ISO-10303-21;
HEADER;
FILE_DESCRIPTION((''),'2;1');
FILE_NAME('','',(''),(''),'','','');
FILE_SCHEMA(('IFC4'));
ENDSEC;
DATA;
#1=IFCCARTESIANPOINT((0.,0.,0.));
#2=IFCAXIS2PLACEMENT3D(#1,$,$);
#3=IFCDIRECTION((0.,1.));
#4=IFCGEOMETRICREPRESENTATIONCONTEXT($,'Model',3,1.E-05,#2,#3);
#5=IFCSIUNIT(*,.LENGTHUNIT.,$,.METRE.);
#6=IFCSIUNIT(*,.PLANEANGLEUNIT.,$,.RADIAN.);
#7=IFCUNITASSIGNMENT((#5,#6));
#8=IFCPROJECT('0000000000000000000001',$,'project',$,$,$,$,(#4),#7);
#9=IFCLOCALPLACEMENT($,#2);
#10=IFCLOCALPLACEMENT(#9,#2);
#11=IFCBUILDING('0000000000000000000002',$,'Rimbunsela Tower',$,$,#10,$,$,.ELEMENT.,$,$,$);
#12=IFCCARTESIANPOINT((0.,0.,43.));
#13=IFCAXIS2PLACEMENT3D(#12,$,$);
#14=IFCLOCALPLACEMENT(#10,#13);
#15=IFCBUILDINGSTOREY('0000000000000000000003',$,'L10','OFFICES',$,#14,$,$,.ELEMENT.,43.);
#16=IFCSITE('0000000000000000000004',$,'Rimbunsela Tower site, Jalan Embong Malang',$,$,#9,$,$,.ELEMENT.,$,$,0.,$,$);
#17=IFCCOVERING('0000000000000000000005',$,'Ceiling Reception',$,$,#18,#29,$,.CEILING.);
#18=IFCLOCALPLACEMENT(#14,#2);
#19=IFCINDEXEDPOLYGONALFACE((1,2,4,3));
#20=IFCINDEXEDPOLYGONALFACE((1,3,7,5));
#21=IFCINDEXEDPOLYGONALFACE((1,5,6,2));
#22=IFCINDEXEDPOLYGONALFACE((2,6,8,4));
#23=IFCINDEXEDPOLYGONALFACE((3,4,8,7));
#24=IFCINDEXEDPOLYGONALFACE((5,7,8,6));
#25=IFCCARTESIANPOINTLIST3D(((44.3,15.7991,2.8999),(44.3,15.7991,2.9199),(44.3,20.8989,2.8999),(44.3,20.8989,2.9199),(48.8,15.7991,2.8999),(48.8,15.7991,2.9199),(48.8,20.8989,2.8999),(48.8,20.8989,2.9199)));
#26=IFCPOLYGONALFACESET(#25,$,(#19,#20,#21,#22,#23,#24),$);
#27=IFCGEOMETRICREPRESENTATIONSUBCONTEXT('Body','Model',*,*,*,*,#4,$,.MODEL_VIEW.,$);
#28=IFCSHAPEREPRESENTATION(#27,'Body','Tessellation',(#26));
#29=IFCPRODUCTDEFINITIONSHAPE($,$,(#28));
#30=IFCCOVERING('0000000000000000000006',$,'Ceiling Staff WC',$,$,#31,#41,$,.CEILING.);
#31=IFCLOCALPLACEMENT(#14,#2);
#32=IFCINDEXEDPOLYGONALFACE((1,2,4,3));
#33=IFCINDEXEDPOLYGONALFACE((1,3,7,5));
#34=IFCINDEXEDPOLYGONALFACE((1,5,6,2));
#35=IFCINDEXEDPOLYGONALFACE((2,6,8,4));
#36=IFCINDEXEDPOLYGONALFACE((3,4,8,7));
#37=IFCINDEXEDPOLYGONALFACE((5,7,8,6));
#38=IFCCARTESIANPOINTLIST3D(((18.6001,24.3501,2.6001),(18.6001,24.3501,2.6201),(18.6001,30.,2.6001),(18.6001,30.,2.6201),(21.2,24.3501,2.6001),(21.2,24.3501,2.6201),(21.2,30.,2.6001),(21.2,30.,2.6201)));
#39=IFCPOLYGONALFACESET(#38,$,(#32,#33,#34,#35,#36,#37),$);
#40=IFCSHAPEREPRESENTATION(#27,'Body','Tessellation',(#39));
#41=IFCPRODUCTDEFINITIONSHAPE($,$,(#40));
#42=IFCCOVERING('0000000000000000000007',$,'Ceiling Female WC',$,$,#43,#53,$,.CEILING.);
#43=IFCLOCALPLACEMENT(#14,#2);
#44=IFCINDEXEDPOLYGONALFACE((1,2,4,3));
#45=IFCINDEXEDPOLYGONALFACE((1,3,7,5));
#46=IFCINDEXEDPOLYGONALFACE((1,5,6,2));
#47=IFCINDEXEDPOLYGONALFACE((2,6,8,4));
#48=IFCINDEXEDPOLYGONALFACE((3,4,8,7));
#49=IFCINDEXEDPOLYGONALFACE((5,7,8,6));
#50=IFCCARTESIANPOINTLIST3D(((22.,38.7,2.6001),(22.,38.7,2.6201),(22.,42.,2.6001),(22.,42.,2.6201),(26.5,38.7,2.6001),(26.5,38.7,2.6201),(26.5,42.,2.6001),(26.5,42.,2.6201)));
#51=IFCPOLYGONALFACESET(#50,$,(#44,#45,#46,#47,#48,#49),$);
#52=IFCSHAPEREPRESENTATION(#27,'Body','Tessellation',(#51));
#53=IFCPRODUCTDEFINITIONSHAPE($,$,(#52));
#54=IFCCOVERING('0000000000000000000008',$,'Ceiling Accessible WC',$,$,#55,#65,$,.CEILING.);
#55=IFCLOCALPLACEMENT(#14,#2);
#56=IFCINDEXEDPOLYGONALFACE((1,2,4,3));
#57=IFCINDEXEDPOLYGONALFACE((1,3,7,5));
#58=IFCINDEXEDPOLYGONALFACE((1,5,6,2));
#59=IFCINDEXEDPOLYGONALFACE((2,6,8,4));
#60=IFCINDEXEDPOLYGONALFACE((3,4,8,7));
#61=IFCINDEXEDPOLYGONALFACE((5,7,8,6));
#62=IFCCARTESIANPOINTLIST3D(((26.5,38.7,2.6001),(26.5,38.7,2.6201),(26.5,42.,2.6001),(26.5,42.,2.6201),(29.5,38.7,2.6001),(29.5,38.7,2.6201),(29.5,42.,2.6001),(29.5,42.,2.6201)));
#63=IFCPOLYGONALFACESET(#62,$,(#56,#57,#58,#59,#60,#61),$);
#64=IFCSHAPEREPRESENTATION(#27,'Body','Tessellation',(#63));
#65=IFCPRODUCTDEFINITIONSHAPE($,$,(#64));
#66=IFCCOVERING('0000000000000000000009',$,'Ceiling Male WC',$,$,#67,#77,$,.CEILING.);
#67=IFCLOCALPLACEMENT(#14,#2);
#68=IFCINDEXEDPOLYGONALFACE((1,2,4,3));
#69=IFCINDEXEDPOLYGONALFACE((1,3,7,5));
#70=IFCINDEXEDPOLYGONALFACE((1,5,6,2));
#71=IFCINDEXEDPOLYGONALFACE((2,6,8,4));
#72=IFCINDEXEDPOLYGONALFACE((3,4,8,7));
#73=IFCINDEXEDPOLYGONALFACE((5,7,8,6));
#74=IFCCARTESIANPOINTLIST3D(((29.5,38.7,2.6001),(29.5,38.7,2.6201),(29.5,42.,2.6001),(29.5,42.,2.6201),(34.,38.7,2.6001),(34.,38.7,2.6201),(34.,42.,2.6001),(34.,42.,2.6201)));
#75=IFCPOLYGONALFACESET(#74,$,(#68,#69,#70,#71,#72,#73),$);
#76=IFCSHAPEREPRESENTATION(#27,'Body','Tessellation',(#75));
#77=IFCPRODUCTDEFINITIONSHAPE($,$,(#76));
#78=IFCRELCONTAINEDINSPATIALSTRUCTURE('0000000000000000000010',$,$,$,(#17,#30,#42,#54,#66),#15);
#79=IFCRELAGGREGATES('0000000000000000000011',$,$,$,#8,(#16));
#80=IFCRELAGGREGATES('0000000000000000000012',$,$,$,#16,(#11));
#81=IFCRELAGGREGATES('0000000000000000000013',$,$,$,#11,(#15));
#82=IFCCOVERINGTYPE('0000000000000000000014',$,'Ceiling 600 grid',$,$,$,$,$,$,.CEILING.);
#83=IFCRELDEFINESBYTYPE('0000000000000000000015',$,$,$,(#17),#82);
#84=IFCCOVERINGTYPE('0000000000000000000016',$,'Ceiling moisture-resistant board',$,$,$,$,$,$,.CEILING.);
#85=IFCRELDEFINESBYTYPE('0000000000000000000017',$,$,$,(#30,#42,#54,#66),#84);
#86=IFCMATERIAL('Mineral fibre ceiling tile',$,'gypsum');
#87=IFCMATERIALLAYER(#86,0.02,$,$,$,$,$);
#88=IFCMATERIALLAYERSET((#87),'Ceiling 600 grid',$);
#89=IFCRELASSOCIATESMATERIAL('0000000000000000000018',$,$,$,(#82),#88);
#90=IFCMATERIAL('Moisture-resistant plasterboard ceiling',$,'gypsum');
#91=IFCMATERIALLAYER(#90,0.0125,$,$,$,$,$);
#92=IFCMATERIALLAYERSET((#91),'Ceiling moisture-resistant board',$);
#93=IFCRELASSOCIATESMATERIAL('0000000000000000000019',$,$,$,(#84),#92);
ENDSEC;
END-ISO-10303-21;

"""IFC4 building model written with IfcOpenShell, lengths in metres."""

from ifc_helpers import new_model, si_unit, direction, frame, origin, place, context, subcontext, project, spatial, polyline, outline, extrude, material, layer, layer_set, type_object, element, save


model = new_model("IFC4")

# Units and contexts
model_context = context("Model", 3, precision=1e-05, world=origin(), true_north=direction((0.0, 1.0)))
body_context = subcontext(model_context, "Body", "Model", "MODEL_VIEW")
ifc_project = project(units=[si_unit("LENGTHUNIT", "METRE"), si_unit("PLANEANGLEUNIT", "RADIAN")], contexts=[model_context])

# Site, building, storey
site_placement = place(None, origin())
site = spatial("IfcSite", under=ifc_project, at=site_placement, Name="Rimbunsela Tower site, Jalan Embong Malang", CompositionType="ELEMENT", RefElevation=0.0)
building_placement = place(site_placement, origin())
building = spatial("IfcBuilding", under=site, at=building_placement, Name="Rimbunsela Tower", CompositionType="ELEMENT")
storey_placement = place(building_placement, frame((0.0, 0.0, 43.0)))
storey = spatial("IfcBuildingStorey", under=building, at=storey_placement, Name="L10", Description="OFFICES", CompositionType="ELEMENT", Elevation=43.0)

# Coverings
ifc_material_1 = material(Name="Mineral fibre ceiling tile", Category="gypsum")
ifc_layer_1 = layer(ifc_material_1, 0.02)
ifc_layer_set_1 = layer_set([ifc_layer_1], Name="Ceiling 600 grid")
covering_type_1 = type_object("IfcCoveringType", Name="Ceiling 600 grid", PredefinedType="CEILING", material=ifc_layer_set_1)
covering_1_placement = place(storey_placement, frame((0.0, 0.0, 2.8999)))
element("IfcCovering", 1, at=covering_1_placement, inside=storey, type_object=covering_type_1, Name="Ceiling Reception", PredefinedType="CEILING", context=body_context, shape_type="SweptSolid", body=[
    extrude(outline(polyline([(48.8, 15.7991), (48.8, 20.8989), (44.3, 20.8989), (44.3, 15.7991), (48.8, 15.7991)])), origin(), (0.0, 0.0, 1.0), 0.02),
])
ifc_material_2 = material(Name="Moisture-resistant plasterboard ceiling", Category="gypsum")
ifc_layer_2 = layer(ifc_material_2, 0.0125)
ifc_layer_set_2 = layer_set([ifc_layer_2], Name="Ceiling moisture-resistant board")
covering_type_2 = type_object("IfcCoveringType", Name="Ceiling moisture-resistant board", PredefinedType="CEILING", material=ifc_layer_set_2)
covering_2_placement = place(storey_placement, frame((0.0, 0.0, 2.6001)))
element("IfcCovering", 2, at=covering_2_placement, inside=storey, type_object=covering_type_2, Name="Ceiling Staff WC", PredefinedType="CEILING", context=body_context, shape_type="SweptSolid", body=[
    extrude(outline(polyline([(21.2, 24.3501), (21.2, 30.0), (18.6001, 30.0), (18.6001, 24.3501), (21.2, 24.3501)])), origin(), (0.0, 0.0, 1.0), 0.02),
])
covering_3_placement = place(storey_placement, frame((0.0, 0.0, 2.6001)))
element("IfcCovering", 3, at=covering_3_placement, inside=storey, type_object=covering_type_2, Name="Ceiling Female WC", PredefinedType="CEILING", context=body_context, shape_type="SweptSolid", body=[
    extrude(outline(polyline([(26.5, 38.7), (26.5, 42.0), (22.0, 42.0), (22.0, 38.7), (26.5, 38.7)])), origin(), (0.0, 0.0, 1.0), 0.02),
])
covering_4_placement = place(storey_placement, frame((0.0, 0.0, 2.6001)))
element("IfcCovering", 4, at=covering_4_placement, inside=storey, type_object=covering_type_2, Name="Ceiling Accessible WC", PredefinedType="CEILING", context=body_context, shape_type="SweptSolid", body=[
    extrude(outline(polyline([(29.5, 38.7), (29.5, 42.0), (26.5, 42.0), (26.5, 38.7), (29.5, 38.7)])), origin(), (0.0, 0.0, 1.0), 0.02),
])
covering_5_placement = place(storey_placement, frame((0.0, 0.0, 2.6001)))
element("IfcCovering", 5, at=covering_5_placement, inside=storey, type_object=covering_type_2, Name="Ceiling Male WC", PredefinedType="CEILING", context=body_context, shape_type="SweptSolid", body=[
    extrude(outline(polyline([(34.0, 38.7), (34.0, 42.0), (29.5, 42.0), (29.5, 38.7), (34.0, 38.7)])), origin(), (0.0, 0.0, 1.0), 0.02),
])

save(model, "model.ifc")
